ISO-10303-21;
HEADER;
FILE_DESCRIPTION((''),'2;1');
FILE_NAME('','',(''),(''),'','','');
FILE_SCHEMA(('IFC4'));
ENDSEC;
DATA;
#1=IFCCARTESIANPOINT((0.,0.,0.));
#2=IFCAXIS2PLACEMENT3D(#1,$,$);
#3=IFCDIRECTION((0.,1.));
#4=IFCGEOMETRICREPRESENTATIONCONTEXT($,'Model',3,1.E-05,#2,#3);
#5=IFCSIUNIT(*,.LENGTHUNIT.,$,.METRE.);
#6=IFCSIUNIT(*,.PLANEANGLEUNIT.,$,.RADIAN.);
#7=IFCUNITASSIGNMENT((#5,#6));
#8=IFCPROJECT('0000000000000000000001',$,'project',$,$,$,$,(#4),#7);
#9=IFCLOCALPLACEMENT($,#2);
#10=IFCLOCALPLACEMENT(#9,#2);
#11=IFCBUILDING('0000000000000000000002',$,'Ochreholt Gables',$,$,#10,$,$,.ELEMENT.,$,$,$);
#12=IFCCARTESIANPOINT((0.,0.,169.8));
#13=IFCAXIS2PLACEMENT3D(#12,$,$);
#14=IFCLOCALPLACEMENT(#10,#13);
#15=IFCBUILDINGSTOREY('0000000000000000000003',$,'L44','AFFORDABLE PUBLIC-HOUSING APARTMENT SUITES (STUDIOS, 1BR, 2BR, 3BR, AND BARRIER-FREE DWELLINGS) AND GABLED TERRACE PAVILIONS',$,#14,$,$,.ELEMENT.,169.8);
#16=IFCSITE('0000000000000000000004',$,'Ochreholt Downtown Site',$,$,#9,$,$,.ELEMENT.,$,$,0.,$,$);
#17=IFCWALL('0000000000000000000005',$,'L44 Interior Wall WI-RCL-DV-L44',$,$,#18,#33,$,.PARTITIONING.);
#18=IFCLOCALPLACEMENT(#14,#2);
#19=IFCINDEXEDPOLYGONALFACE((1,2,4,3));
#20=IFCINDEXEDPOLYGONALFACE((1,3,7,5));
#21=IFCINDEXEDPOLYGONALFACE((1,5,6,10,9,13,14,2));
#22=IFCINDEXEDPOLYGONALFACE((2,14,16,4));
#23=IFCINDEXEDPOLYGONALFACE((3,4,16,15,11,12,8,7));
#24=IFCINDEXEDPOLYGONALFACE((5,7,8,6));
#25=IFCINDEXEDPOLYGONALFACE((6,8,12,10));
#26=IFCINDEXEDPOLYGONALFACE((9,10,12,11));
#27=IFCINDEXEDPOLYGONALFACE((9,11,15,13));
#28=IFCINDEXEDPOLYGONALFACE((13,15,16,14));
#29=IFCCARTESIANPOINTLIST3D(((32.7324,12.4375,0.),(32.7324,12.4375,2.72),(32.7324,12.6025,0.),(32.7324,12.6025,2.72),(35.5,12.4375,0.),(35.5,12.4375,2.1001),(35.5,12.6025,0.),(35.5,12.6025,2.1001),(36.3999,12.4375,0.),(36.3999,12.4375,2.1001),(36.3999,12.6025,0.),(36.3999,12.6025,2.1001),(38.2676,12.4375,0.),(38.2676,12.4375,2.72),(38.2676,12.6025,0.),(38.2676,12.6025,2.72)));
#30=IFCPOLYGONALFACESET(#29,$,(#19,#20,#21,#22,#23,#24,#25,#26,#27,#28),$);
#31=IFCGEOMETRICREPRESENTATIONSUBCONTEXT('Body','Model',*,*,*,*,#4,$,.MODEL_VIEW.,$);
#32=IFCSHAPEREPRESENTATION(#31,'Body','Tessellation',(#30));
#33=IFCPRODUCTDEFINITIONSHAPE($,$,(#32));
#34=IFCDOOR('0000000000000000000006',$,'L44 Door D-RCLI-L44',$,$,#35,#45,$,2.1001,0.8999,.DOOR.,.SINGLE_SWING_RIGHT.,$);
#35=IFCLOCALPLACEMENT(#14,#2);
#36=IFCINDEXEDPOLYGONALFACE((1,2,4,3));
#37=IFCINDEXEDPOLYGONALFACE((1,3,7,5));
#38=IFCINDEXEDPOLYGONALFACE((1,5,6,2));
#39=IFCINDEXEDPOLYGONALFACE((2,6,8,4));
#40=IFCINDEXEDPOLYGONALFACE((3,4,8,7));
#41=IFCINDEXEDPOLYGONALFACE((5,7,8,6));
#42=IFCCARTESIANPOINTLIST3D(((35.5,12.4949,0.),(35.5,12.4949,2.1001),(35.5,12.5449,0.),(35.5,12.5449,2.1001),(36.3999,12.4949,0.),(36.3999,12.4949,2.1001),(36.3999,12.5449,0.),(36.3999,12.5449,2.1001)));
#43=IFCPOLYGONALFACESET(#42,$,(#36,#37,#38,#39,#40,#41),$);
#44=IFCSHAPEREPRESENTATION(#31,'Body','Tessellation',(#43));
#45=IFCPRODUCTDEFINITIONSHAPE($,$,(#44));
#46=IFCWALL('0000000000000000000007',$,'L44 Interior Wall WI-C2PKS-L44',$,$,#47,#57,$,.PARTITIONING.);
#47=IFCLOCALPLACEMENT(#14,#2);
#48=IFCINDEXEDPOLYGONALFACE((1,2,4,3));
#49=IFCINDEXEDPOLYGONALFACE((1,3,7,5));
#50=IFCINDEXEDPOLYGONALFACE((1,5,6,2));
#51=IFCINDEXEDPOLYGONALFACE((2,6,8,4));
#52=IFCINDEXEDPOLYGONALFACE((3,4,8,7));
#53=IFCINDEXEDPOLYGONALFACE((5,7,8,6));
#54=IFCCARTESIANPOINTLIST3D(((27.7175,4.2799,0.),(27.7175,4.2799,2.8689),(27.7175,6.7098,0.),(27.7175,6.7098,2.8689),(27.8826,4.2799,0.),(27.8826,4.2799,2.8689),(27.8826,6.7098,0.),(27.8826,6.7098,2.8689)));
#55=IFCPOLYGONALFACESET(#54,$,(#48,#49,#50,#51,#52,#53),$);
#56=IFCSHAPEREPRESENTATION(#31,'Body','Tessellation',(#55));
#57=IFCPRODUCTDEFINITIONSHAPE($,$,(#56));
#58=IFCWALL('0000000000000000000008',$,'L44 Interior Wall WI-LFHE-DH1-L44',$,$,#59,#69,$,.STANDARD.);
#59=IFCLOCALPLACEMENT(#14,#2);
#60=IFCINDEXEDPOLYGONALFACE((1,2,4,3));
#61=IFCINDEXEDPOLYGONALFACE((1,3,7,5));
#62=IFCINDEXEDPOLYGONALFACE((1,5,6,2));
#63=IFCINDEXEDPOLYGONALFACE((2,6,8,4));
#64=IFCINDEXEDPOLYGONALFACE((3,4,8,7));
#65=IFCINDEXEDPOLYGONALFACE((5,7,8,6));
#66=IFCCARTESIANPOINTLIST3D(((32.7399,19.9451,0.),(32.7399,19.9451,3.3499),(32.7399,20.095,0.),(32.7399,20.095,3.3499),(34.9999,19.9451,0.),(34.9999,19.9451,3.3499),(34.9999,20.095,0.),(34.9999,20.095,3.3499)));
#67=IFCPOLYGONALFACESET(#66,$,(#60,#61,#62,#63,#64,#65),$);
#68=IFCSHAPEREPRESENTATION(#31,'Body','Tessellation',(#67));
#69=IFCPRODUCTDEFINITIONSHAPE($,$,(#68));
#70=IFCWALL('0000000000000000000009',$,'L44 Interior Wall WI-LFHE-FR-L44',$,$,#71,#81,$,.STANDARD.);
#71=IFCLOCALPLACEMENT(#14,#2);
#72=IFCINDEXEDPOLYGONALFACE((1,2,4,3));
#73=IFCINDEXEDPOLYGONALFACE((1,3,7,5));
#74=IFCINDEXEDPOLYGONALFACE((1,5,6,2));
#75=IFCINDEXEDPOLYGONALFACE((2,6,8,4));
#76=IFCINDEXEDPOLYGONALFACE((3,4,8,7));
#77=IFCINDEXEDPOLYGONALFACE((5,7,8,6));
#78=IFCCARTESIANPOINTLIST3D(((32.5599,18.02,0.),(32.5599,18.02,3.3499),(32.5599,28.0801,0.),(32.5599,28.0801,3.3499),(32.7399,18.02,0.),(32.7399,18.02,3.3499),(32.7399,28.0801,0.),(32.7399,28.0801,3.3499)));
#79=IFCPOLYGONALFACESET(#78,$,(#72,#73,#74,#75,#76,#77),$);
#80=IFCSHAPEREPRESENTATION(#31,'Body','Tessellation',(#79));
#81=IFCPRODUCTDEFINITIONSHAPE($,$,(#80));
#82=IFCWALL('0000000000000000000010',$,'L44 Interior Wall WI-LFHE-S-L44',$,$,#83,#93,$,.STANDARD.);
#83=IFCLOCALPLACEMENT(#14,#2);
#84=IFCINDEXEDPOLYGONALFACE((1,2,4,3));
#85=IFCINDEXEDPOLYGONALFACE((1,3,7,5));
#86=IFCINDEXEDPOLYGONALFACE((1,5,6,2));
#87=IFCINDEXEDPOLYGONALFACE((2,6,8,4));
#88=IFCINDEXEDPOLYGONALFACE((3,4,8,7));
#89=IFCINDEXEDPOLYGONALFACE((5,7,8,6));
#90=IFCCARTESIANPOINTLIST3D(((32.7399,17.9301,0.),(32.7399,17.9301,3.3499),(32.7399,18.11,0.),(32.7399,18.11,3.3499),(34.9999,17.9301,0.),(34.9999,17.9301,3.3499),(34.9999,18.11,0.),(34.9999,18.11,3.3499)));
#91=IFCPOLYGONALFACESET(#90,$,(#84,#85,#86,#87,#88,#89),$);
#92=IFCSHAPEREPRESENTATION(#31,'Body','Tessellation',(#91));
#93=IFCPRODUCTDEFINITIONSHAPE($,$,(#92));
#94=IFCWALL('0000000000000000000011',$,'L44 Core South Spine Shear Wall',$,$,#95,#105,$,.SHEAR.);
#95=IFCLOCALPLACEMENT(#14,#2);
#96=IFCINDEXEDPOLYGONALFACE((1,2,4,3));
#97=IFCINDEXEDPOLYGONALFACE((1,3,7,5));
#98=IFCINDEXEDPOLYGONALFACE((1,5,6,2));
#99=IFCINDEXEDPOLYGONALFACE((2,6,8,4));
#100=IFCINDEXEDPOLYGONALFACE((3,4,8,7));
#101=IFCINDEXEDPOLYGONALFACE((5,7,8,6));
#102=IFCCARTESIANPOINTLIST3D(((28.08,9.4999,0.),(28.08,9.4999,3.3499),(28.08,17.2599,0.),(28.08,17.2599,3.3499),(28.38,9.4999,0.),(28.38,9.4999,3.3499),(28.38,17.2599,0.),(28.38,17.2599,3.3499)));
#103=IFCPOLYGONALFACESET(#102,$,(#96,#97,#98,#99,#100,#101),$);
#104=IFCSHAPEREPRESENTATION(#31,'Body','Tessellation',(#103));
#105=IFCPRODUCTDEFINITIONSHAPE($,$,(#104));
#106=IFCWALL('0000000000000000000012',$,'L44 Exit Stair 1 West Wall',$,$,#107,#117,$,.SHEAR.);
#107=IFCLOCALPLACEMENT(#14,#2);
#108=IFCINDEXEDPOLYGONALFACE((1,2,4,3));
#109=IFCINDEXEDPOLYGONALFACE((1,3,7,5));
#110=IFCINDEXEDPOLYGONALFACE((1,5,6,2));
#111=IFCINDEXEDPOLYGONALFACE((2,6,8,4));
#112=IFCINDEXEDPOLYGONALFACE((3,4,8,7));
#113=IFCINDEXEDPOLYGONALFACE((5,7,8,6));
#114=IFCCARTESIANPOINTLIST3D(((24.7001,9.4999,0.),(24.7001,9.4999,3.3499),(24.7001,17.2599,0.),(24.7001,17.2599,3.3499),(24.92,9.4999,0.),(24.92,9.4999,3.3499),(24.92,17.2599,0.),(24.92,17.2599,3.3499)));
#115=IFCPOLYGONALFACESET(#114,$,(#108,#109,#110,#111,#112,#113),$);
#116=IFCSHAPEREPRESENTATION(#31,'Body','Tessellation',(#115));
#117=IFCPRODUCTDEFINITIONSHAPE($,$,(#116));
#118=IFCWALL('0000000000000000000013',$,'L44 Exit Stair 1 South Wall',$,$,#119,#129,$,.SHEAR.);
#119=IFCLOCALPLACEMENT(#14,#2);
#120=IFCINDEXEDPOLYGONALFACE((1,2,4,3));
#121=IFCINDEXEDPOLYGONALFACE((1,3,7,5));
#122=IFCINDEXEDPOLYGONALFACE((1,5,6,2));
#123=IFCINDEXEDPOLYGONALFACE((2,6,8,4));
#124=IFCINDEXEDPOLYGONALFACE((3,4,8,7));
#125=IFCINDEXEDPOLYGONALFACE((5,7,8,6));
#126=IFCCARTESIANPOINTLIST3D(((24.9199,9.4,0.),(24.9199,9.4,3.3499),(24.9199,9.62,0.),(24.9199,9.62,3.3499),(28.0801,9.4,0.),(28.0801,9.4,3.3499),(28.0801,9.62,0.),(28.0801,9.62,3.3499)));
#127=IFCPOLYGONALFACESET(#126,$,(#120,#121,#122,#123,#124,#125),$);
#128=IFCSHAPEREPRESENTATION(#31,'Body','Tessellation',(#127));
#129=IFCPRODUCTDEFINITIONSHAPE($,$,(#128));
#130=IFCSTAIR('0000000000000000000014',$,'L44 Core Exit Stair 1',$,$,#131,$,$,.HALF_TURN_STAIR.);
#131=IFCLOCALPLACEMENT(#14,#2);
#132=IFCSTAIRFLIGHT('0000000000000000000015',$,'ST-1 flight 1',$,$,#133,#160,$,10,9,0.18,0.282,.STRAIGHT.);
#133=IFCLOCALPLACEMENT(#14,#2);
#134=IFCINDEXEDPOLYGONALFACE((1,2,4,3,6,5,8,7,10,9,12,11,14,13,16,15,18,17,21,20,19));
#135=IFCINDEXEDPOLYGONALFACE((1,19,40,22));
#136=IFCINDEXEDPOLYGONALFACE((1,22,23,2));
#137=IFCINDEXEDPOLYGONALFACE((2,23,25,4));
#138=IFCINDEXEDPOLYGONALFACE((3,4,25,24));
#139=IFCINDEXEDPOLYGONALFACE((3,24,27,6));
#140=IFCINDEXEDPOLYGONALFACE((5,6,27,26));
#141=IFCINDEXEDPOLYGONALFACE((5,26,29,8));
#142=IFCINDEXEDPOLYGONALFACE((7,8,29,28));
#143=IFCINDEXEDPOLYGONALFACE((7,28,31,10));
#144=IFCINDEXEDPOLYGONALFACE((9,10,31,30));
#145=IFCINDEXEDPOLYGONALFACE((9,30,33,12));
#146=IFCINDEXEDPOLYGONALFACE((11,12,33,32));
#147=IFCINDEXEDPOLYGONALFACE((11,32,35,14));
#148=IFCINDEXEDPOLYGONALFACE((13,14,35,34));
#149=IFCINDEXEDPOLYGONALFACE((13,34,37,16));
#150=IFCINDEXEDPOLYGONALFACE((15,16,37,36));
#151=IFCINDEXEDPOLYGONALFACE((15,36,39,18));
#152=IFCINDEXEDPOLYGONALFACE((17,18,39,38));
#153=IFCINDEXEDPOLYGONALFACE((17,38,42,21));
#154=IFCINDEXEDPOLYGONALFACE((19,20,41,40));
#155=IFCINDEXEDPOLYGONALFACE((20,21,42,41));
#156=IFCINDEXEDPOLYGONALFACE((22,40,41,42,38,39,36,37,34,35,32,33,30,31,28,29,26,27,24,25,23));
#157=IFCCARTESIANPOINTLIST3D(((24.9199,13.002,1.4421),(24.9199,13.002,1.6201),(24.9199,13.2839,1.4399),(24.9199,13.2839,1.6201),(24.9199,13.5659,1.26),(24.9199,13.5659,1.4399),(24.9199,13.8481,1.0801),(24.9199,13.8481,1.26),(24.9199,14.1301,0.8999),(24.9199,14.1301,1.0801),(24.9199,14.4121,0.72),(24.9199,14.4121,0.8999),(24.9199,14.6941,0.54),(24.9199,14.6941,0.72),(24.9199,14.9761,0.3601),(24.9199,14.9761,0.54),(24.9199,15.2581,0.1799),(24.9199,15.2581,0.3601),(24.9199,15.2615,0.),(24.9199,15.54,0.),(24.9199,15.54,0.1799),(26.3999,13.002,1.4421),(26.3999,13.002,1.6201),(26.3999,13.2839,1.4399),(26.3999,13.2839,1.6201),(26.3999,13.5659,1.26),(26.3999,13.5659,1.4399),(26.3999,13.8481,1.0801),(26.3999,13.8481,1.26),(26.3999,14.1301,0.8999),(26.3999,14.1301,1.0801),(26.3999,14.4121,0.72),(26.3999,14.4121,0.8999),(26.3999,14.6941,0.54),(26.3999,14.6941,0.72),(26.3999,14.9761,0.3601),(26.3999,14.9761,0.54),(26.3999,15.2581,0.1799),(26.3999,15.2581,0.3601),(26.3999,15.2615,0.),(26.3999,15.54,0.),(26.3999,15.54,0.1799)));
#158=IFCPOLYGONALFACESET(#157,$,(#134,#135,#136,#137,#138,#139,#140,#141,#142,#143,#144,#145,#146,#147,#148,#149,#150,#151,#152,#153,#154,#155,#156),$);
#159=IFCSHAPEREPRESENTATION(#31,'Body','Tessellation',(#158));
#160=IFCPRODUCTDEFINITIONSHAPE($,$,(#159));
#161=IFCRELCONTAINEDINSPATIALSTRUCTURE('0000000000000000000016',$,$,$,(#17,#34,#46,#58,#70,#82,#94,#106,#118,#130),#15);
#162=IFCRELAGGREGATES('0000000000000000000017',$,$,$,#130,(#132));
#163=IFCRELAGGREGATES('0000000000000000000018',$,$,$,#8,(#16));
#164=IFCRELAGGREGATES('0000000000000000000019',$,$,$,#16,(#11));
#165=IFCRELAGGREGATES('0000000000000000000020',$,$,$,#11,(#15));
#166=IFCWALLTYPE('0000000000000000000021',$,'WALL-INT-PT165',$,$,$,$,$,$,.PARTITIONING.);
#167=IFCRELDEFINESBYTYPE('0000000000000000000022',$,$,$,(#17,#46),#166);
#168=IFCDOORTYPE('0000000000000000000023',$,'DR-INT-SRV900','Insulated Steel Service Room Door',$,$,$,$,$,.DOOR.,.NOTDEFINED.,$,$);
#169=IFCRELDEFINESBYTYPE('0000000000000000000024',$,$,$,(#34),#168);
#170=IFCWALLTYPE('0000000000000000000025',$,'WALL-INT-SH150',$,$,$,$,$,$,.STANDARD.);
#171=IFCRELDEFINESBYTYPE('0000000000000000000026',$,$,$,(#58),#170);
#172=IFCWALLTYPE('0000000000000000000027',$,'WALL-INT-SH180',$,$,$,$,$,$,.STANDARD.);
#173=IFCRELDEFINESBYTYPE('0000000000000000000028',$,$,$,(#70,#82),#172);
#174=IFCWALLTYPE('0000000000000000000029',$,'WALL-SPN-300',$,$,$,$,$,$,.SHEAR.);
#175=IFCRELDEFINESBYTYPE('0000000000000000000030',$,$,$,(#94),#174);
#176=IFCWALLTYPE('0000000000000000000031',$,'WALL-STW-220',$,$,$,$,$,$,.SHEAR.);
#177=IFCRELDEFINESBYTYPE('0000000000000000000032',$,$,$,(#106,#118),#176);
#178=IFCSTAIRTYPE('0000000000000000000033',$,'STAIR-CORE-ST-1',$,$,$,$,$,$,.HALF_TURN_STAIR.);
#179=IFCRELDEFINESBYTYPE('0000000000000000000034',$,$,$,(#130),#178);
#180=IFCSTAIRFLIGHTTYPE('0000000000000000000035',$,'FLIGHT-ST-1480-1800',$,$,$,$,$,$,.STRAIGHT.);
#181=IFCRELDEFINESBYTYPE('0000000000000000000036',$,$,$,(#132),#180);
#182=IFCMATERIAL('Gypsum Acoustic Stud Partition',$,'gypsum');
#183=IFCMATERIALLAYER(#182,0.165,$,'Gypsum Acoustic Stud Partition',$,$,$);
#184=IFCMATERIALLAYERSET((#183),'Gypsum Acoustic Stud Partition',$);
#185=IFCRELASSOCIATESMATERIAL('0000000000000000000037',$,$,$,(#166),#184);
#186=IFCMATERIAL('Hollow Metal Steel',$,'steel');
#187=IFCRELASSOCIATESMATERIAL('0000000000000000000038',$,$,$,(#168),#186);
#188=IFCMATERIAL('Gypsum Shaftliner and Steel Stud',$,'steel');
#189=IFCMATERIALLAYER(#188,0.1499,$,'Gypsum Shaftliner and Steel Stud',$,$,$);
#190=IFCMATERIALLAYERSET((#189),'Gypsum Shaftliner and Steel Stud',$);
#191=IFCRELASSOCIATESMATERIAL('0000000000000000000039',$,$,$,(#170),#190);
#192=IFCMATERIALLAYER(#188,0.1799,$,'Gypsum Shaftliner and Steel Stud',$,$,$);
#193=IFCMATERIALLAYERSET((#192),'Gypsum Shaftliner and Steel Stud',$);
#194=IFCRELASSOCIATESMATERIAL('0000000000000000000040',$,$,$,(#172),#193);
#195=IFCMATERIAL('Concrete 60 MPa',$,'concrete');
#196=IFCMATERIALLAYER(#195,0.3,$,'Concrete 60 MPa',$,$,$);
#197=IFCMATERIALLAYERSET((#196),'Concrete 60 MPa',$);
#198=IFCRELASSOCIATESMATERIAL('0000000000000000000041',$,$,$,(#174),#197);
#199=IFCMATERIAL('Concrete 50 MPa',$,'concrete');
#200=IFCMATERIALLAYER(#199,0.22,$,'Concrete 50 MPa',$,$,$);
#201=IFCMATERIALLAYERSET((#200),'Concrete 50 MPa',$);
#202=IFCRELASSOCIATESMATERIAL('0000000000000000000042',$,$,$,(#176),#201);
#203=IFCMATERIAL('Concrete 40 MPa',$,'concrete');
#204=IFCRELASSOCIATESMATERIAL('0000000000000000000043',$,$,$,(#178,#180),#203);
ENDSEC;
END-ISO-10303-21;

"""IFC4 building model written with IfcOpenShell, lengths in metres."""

from ifc_helpers import new_model, si_unit, direction, frame, frame_2d, origin, place, context, subcontext, project, spatial, polyline, rectangle, outline, extrude, material, layer, layer_set, type_object, element, fill, aggregate, save


model = new_model("IFC4")

# Units and contexts
model_context = context("Model", 3, precision=1e-05, world=origin(), true_north=direction((0.0, 1.0)))
body_context = subcontext(model_context, "Body", "Model", "MODEL_VIEW")
ifc_project = project(units=[si_unit("LENGTHUNIT", "METRE"), si_unit("PLANEANGLEUNIT", "RADIAN")], contexts=[model_context])

# Site, building, storey
site_placement = place(None, origin())
site = spatial("IfcSite", under=ifc_project, at=site_placement, Name="Ochreholt Downtown Site", CompositionType="ELEMENT", RefElevation=0.0)
building_placement = place(site_placement, origin())
building = spatial("IfcBuilding", under=site, at=building_placement, Name="Ochreholt Gables", CompositionType="ELEMENT")
storey_placement = place(building_placement, frame((0.0, 0.0, 169.8)))
storey = spatial("IfcBuildingStorey", under=building, at=storey_placement, Name="L44", Description="AFFORDABLE PUBLIC-HOUSING APARTMENT SUITES (STUDIOS, 1BR, 2BR, 3BR, AND BARRIER-FREE DWELLINGS) AND GABLED TERRACE PAVILIONS", CompositionType="ELEMENT", Elevation=169.8)

# Shared definitions
ifc_material_1 = material(Name="Concrete 50 MPa", Category="concrete")

# Shared definitions
ifc_material_2 = material(Name="Hollow Metal Steel", Category="steel")

# Shared definitions
ifc_material_3 = material(Name="Concrete 60 MPa", Category="concrete")
ifc_material_4 = material(Name="Concrete 40 MPa", Category="concrete")

# Shared definitions
ifc_material_5 = material(Name="Gypsum Acoustic Stud Partition", Category="gypsum")
ifc_layer_1 = layer(ifc_material_5, 0.165, Name="Gypsum Acoustic Stud Partition")
ifc_layer_set_1 = layer_set([ifc_layer_1], Name="Gypsum Acoustic Stud Partition")
wall_type_1 = type_object("IfcWallType", Name="WALL-INT-PT165", PredefinedType="PARTITIONING", material=ifc_layer_set_1)

# Wall, opening, door
wall_1_placement = place(storey_placement, frame((32.7324, 12.52, 0.0), z_axis=(0.0, 0.0, 1.0), x_axis=(1.0, 0.0, 0.0)))
wall_1 = element("IfcWall", 1, at=wall_1_placement, inside=storey, type_object=wall_type_1, Name="L44 Interior Wall WI-RCL-DV-L44", PredefinedType="PARTITIONING", context=body_context, shape_type="SweptSolid", body=[
    extrude(rectangle(XDim=5.5352, YDim=0.165, at=frame_2d((2.7676, 0.0))), origin(), (0.0, 0.0, 1.0), 2.72),
])
opening_1_placement = place(wall_1_placement, frame((2.7676, 0.0, 0.0)))
opening_1 = element("IfcOpeningElement", 2, at=opening_1_placement, cuts=wall_1, PredefinedType="OPENING", context=body_context, shape_type="SweptSolid", body=[
    extrude(rectangle(XDim=0.8999, YDim=2.1001, at=frame_2d((0.45, 1.05))), frame((0.0, 0.0925, 0.0), z_axis=(0.0, -1.0, 0.0), x_axis=(1.0, 0.0, 0.0)), (0.0, 0.0, 1.0), 0.1851),
])
door_type_1 = type_object("IfcDoorType", Name="DR-INT-SRV900", Description="Insulated Steel Service Room Door", OperationType="NOTDEFINED", PredefinedType="DOOR", material=ifc_material_2)
door_1_placement = place(opening_1_placement, origin())
door_1 = element("IfcDoor", 3, at=door_1_placement, inside=storey, type_object=door_type_1, Name="L44 Door D-RCLI-L44", OperationType="SINGLE_SWING_RIGHT", OverallHeight=2.1001, OverallWidth=0.8999, PredefinedType="DOOR", context=body_context, shape_type="SweptSolid", body=[
    extrude(rectangle(XDim=0.8999, YDim=2.1001, at=frame_2d((0.45, 1.05))), frame((0.0, 0.0249, 0.0), z_axis=(0.0, -1.0, 0.0), x_axis=(1.0, 0.0, 0.0)), (0.0, 0.0, 1.0), 0.05),
])
fill(opening_1, door_1)

# Walls
wall_2_placement = place(storey_placement, frame((27.8, 4.28, 0.0), z_axis=(0.0, 0.0, 1.0), x_axis=(0.0, 1.0, 0.0)))
element("IfcWall", 4, at=wall_2_placement, inside=storey, type_object=wall_type_1, Name="L44 Interior Wall WI-C2PKS-L44", PredefinedType="PARTITIONING", context=body_context, shape_type="SweptSolid", body=[
    extrude(rectangle(XDim=2.4299, YDim=0.165, at=frame_2d((1.2148, 0.0))), origin(), (0.0, 0.0, 1.0), 2.8689),
])
ifc_material_6 = material(Name="Gypsum Shaftliner and Steel Stud", Category="steel")
ifc_layer_2 = layer(ifc_material_6, 0.1499, Name="Gypsum Shaftliner and Steel Stud")
ifc_layer_set_2 = layer_set([ifc_layer_2], Name="Gypsum Shaftliner and Steel Stud")
wall_type_2 = type_object("IfcWallType", Name="WALL-INT-SH150", PredefinedType="STANDARD", material=ifc_layer_set_2)
wall_3_placement = place(storey_placement, frame((32.74, 20.02, 0.0), z_axis=(0.0, 0.0, 1.0), x_axis=(1.0, 0.0, 0.0)))
element("IfcWall", 5, at=wall_3_placement, inside=storey, type_object=wall_type_2, Name="L44 Interior Wall WI-LFHE-DH1-L44", PredefinedType="STANDARD", context=body_context, shape_type="SweptSolid", body=[
    extrude(rectangle(XDim=2.26, YDim=0.1499, at=frame_2d((1.1299, 0.0))), origin(), (0.0, 0.0, 1.0), 3.3499),
])
ifc_layer_3 = layer(ifc_material_6, 0.1799, Name="Gypsum Shaftliner and Steel Stud")
ifc_layer_set_3 = layer_set([ifc_layer_3], Name="Gypsum Shaftliner and Steel Stud")
wall_type_3 = type_object("IfcWallType", Name="WALL-INT-SH180", PredefinedType="STANDARD", material=ifc_layer_set_3)
wall_4_placement = place(storey_placement, frame((32.6499, 18.02, 0.0), z_axis=(0.0, 0.0, 1.0), x_axis=(0.0, 1.0, 0.0)))
element("IfcWall", 6, at=wall_4_placement, inside=storey, type_object=wall_type_3, Name="L44 Interior Wall WI-LFHE-FR-L44", PredefinedType="STANDARD", context=body_context, shape_type="SweptSolid", body=[
    extrude(rectangle(XDim=10.0601, YDim=0.1799, at=frame_2d((5.03, 0.0))), origin(), (0.0, 0.0, 1.0), 3.3499),
])
wall_5_placement = place(storey_placement, frame((32.74, 18.02, 0.0), z_axis=(0.0, 0.0, 1.0), x_axis=(1.0, 0.0, 0.0)))
element("IfcWall", 7, at=wall_5_placement, inside=storey, type_object=wall_type_3, Name="L44 Interior Wall WI-LFHE-S-L44", PredefinedType="STANDARD", context=body_context, shape_type="SweptSolid", body=[
    extrude(rectangle(XDim=2.26, YDim=0.1799, at=frame_2d((1.1299, 0.0))), origin(), (0.0, 0.0, 1.0), 3.3499),
])
ifc_layer_4 = layer(ifc_material_3, 0.3, Name="Concrete 60 MPa")
ifc_layer_set_4 = layer_set([ifc_layer_4], Name="Concrete 60 MPa")
wall_type_4 = type_object("IfcWallType", Name="WALL-SPN-300", PredefinedType="SHEAR", material=ifc_layer_set_4)
wall_6_placement = place(storey_placement, frame((28.23, 9.5, 0.0), z_axis=(0.0, 0.0, 1.0), x_axis=(0.0, 1.0, 0.0)))
element("IfcWall", 8, at=wall_6_placement, inside=storey, type_object=wall_type_4, Name="L44 Core South Spine Shear Wall", PredefinedType="SHEAR", context=body_context, shape_type="SweptSolid", body=[
    extrude(rectangle(XDim=7.76, YDim=0.3, at=frame_2d((3.8799, 0.0))), origin(), (0.0, 0.0, 1.0), 3.3499),
])
ifc_layer_5 = layer(ifc_material_1, 0.22, Name="Concrete 50 MPa")
ifc_layer_set_5 = layer_set([ifc_layer_5], Name="Concrete 50 MPa")
wall_type_5 = type_object("IfcWallType", Name="WALL-STW-220", PredefinedType="SHEAR", material=ifc_layer_set_5)
wall_7_placement = place(storey_placement, frame((24.8101, 9.5, 0.0), z_axis=(0.0, 0.0, 1.0), x_axis=(0.0, 1.0, 0.0)))
element("IfcWall", 9, at=wall_7_placement, inside=storey, type_object=wall_type_5, Name="L44 Exit Stair 1 West Wall", PredefinedType="SHEAR", context=body_context, shape_type="SweptSolid", body=[
    extrude(rectangle(XDim=7.76, YDim=0.22, at=frame_2d((3.8799, 0.0))), origin(), (0.0, 0.0, 1.0), 3.3499),
])
wall_8_placement = place(storey_placement, frame((24.9199, 9.51, 0.0), z_axis=(0.0, 0.0, 1.0), x_axis=(1.0, 0.0, 0.0)))
element("IfcWall", 10, at=wall_8_placement, inside=storey, type_object=wall_type_5, Name="L44 Exit Stair 1 South Wall", PredefinedType="SHEAR", context=body_context, shape_type="SweptSolid", body=[
    extrude(rectangle(XDim=3.1602, YDim=0.22, at=frame_2d((1.5801, 0.0))), origin(), (0.0, 0.0, 1.0), 3.3499),
])

# Stair, stair flight
stair_type = type_object("IfcStairType", Name="STAIR-CORE-ST-1", PredefinedType="HALF_TURN_STAIR", material=ifc_material_4)
stair_placement = place(storey_placement, origin())
stair = element("IfcStair", 11, at=stair_placement, inside=storey, type_object=stair_type, Name="L44 Core Exit Stair 1", PredefinedType="HALF_TURN_STAIR")
stair_flight_type = type_object("IfcStairFlightType", Name="FLIGHT-ST-1480-1800", PredefinedType="STRAIGHT", material=ifc_material_4)
stair_flight_1_placement = place(storey_placement, frame((25.6599, 15.54, 0.0), z_axis=(0.0, 0.0, 1.0), x_axis=(0.0, -1.0, 0.0)))
stair_flight_1 = element("IfcStairFlight", 12, at=stair_flight_1_placement, type_object=stair_flight_type, Name="ST-1 flight 1", NumberOfRisers=10, NumberOfTreads=9, PredefinedType="STRAIGHT", RiserHeight=0.18, TreadLength=0.282, context=body_context, shape_type="SweptSolid", body=[
    extrude(outline(polyline([(0.0, 0.0), (0.0, 0.1799), (0.282, 0.1799), (0.282, 0.3601), (0.564, 0.3601), (0.564, 0.54), (0.8459, 0.54), (0.8459, 0.72), (1.1279, 0.72), (1.1279, 0.8999), (1.4099, 0.8999), (1.4099, 1.0801), (1.6919, 1.0801), (1.6919, 1.26), (1.9741, 1.26), (1.9741, 1.4399), (2.2561, 1.4399), (2.2561, 1.6201), (2.5381, 1.6201), (2.5381, 1.8), (2.5381, 1.4421), (0.2786, 0.0), (0.0, 0.0)])), frame((0.0, 0.74, 0.0), z_axis=(0.0, -1.0, 0.0), x_axis=(1.0, 0.0, 0.0)), (0.0, 0.0, 1.0), 1.48),
])
aggregate(stair, [stair_flight_1])

save(model, "model.ifc")
